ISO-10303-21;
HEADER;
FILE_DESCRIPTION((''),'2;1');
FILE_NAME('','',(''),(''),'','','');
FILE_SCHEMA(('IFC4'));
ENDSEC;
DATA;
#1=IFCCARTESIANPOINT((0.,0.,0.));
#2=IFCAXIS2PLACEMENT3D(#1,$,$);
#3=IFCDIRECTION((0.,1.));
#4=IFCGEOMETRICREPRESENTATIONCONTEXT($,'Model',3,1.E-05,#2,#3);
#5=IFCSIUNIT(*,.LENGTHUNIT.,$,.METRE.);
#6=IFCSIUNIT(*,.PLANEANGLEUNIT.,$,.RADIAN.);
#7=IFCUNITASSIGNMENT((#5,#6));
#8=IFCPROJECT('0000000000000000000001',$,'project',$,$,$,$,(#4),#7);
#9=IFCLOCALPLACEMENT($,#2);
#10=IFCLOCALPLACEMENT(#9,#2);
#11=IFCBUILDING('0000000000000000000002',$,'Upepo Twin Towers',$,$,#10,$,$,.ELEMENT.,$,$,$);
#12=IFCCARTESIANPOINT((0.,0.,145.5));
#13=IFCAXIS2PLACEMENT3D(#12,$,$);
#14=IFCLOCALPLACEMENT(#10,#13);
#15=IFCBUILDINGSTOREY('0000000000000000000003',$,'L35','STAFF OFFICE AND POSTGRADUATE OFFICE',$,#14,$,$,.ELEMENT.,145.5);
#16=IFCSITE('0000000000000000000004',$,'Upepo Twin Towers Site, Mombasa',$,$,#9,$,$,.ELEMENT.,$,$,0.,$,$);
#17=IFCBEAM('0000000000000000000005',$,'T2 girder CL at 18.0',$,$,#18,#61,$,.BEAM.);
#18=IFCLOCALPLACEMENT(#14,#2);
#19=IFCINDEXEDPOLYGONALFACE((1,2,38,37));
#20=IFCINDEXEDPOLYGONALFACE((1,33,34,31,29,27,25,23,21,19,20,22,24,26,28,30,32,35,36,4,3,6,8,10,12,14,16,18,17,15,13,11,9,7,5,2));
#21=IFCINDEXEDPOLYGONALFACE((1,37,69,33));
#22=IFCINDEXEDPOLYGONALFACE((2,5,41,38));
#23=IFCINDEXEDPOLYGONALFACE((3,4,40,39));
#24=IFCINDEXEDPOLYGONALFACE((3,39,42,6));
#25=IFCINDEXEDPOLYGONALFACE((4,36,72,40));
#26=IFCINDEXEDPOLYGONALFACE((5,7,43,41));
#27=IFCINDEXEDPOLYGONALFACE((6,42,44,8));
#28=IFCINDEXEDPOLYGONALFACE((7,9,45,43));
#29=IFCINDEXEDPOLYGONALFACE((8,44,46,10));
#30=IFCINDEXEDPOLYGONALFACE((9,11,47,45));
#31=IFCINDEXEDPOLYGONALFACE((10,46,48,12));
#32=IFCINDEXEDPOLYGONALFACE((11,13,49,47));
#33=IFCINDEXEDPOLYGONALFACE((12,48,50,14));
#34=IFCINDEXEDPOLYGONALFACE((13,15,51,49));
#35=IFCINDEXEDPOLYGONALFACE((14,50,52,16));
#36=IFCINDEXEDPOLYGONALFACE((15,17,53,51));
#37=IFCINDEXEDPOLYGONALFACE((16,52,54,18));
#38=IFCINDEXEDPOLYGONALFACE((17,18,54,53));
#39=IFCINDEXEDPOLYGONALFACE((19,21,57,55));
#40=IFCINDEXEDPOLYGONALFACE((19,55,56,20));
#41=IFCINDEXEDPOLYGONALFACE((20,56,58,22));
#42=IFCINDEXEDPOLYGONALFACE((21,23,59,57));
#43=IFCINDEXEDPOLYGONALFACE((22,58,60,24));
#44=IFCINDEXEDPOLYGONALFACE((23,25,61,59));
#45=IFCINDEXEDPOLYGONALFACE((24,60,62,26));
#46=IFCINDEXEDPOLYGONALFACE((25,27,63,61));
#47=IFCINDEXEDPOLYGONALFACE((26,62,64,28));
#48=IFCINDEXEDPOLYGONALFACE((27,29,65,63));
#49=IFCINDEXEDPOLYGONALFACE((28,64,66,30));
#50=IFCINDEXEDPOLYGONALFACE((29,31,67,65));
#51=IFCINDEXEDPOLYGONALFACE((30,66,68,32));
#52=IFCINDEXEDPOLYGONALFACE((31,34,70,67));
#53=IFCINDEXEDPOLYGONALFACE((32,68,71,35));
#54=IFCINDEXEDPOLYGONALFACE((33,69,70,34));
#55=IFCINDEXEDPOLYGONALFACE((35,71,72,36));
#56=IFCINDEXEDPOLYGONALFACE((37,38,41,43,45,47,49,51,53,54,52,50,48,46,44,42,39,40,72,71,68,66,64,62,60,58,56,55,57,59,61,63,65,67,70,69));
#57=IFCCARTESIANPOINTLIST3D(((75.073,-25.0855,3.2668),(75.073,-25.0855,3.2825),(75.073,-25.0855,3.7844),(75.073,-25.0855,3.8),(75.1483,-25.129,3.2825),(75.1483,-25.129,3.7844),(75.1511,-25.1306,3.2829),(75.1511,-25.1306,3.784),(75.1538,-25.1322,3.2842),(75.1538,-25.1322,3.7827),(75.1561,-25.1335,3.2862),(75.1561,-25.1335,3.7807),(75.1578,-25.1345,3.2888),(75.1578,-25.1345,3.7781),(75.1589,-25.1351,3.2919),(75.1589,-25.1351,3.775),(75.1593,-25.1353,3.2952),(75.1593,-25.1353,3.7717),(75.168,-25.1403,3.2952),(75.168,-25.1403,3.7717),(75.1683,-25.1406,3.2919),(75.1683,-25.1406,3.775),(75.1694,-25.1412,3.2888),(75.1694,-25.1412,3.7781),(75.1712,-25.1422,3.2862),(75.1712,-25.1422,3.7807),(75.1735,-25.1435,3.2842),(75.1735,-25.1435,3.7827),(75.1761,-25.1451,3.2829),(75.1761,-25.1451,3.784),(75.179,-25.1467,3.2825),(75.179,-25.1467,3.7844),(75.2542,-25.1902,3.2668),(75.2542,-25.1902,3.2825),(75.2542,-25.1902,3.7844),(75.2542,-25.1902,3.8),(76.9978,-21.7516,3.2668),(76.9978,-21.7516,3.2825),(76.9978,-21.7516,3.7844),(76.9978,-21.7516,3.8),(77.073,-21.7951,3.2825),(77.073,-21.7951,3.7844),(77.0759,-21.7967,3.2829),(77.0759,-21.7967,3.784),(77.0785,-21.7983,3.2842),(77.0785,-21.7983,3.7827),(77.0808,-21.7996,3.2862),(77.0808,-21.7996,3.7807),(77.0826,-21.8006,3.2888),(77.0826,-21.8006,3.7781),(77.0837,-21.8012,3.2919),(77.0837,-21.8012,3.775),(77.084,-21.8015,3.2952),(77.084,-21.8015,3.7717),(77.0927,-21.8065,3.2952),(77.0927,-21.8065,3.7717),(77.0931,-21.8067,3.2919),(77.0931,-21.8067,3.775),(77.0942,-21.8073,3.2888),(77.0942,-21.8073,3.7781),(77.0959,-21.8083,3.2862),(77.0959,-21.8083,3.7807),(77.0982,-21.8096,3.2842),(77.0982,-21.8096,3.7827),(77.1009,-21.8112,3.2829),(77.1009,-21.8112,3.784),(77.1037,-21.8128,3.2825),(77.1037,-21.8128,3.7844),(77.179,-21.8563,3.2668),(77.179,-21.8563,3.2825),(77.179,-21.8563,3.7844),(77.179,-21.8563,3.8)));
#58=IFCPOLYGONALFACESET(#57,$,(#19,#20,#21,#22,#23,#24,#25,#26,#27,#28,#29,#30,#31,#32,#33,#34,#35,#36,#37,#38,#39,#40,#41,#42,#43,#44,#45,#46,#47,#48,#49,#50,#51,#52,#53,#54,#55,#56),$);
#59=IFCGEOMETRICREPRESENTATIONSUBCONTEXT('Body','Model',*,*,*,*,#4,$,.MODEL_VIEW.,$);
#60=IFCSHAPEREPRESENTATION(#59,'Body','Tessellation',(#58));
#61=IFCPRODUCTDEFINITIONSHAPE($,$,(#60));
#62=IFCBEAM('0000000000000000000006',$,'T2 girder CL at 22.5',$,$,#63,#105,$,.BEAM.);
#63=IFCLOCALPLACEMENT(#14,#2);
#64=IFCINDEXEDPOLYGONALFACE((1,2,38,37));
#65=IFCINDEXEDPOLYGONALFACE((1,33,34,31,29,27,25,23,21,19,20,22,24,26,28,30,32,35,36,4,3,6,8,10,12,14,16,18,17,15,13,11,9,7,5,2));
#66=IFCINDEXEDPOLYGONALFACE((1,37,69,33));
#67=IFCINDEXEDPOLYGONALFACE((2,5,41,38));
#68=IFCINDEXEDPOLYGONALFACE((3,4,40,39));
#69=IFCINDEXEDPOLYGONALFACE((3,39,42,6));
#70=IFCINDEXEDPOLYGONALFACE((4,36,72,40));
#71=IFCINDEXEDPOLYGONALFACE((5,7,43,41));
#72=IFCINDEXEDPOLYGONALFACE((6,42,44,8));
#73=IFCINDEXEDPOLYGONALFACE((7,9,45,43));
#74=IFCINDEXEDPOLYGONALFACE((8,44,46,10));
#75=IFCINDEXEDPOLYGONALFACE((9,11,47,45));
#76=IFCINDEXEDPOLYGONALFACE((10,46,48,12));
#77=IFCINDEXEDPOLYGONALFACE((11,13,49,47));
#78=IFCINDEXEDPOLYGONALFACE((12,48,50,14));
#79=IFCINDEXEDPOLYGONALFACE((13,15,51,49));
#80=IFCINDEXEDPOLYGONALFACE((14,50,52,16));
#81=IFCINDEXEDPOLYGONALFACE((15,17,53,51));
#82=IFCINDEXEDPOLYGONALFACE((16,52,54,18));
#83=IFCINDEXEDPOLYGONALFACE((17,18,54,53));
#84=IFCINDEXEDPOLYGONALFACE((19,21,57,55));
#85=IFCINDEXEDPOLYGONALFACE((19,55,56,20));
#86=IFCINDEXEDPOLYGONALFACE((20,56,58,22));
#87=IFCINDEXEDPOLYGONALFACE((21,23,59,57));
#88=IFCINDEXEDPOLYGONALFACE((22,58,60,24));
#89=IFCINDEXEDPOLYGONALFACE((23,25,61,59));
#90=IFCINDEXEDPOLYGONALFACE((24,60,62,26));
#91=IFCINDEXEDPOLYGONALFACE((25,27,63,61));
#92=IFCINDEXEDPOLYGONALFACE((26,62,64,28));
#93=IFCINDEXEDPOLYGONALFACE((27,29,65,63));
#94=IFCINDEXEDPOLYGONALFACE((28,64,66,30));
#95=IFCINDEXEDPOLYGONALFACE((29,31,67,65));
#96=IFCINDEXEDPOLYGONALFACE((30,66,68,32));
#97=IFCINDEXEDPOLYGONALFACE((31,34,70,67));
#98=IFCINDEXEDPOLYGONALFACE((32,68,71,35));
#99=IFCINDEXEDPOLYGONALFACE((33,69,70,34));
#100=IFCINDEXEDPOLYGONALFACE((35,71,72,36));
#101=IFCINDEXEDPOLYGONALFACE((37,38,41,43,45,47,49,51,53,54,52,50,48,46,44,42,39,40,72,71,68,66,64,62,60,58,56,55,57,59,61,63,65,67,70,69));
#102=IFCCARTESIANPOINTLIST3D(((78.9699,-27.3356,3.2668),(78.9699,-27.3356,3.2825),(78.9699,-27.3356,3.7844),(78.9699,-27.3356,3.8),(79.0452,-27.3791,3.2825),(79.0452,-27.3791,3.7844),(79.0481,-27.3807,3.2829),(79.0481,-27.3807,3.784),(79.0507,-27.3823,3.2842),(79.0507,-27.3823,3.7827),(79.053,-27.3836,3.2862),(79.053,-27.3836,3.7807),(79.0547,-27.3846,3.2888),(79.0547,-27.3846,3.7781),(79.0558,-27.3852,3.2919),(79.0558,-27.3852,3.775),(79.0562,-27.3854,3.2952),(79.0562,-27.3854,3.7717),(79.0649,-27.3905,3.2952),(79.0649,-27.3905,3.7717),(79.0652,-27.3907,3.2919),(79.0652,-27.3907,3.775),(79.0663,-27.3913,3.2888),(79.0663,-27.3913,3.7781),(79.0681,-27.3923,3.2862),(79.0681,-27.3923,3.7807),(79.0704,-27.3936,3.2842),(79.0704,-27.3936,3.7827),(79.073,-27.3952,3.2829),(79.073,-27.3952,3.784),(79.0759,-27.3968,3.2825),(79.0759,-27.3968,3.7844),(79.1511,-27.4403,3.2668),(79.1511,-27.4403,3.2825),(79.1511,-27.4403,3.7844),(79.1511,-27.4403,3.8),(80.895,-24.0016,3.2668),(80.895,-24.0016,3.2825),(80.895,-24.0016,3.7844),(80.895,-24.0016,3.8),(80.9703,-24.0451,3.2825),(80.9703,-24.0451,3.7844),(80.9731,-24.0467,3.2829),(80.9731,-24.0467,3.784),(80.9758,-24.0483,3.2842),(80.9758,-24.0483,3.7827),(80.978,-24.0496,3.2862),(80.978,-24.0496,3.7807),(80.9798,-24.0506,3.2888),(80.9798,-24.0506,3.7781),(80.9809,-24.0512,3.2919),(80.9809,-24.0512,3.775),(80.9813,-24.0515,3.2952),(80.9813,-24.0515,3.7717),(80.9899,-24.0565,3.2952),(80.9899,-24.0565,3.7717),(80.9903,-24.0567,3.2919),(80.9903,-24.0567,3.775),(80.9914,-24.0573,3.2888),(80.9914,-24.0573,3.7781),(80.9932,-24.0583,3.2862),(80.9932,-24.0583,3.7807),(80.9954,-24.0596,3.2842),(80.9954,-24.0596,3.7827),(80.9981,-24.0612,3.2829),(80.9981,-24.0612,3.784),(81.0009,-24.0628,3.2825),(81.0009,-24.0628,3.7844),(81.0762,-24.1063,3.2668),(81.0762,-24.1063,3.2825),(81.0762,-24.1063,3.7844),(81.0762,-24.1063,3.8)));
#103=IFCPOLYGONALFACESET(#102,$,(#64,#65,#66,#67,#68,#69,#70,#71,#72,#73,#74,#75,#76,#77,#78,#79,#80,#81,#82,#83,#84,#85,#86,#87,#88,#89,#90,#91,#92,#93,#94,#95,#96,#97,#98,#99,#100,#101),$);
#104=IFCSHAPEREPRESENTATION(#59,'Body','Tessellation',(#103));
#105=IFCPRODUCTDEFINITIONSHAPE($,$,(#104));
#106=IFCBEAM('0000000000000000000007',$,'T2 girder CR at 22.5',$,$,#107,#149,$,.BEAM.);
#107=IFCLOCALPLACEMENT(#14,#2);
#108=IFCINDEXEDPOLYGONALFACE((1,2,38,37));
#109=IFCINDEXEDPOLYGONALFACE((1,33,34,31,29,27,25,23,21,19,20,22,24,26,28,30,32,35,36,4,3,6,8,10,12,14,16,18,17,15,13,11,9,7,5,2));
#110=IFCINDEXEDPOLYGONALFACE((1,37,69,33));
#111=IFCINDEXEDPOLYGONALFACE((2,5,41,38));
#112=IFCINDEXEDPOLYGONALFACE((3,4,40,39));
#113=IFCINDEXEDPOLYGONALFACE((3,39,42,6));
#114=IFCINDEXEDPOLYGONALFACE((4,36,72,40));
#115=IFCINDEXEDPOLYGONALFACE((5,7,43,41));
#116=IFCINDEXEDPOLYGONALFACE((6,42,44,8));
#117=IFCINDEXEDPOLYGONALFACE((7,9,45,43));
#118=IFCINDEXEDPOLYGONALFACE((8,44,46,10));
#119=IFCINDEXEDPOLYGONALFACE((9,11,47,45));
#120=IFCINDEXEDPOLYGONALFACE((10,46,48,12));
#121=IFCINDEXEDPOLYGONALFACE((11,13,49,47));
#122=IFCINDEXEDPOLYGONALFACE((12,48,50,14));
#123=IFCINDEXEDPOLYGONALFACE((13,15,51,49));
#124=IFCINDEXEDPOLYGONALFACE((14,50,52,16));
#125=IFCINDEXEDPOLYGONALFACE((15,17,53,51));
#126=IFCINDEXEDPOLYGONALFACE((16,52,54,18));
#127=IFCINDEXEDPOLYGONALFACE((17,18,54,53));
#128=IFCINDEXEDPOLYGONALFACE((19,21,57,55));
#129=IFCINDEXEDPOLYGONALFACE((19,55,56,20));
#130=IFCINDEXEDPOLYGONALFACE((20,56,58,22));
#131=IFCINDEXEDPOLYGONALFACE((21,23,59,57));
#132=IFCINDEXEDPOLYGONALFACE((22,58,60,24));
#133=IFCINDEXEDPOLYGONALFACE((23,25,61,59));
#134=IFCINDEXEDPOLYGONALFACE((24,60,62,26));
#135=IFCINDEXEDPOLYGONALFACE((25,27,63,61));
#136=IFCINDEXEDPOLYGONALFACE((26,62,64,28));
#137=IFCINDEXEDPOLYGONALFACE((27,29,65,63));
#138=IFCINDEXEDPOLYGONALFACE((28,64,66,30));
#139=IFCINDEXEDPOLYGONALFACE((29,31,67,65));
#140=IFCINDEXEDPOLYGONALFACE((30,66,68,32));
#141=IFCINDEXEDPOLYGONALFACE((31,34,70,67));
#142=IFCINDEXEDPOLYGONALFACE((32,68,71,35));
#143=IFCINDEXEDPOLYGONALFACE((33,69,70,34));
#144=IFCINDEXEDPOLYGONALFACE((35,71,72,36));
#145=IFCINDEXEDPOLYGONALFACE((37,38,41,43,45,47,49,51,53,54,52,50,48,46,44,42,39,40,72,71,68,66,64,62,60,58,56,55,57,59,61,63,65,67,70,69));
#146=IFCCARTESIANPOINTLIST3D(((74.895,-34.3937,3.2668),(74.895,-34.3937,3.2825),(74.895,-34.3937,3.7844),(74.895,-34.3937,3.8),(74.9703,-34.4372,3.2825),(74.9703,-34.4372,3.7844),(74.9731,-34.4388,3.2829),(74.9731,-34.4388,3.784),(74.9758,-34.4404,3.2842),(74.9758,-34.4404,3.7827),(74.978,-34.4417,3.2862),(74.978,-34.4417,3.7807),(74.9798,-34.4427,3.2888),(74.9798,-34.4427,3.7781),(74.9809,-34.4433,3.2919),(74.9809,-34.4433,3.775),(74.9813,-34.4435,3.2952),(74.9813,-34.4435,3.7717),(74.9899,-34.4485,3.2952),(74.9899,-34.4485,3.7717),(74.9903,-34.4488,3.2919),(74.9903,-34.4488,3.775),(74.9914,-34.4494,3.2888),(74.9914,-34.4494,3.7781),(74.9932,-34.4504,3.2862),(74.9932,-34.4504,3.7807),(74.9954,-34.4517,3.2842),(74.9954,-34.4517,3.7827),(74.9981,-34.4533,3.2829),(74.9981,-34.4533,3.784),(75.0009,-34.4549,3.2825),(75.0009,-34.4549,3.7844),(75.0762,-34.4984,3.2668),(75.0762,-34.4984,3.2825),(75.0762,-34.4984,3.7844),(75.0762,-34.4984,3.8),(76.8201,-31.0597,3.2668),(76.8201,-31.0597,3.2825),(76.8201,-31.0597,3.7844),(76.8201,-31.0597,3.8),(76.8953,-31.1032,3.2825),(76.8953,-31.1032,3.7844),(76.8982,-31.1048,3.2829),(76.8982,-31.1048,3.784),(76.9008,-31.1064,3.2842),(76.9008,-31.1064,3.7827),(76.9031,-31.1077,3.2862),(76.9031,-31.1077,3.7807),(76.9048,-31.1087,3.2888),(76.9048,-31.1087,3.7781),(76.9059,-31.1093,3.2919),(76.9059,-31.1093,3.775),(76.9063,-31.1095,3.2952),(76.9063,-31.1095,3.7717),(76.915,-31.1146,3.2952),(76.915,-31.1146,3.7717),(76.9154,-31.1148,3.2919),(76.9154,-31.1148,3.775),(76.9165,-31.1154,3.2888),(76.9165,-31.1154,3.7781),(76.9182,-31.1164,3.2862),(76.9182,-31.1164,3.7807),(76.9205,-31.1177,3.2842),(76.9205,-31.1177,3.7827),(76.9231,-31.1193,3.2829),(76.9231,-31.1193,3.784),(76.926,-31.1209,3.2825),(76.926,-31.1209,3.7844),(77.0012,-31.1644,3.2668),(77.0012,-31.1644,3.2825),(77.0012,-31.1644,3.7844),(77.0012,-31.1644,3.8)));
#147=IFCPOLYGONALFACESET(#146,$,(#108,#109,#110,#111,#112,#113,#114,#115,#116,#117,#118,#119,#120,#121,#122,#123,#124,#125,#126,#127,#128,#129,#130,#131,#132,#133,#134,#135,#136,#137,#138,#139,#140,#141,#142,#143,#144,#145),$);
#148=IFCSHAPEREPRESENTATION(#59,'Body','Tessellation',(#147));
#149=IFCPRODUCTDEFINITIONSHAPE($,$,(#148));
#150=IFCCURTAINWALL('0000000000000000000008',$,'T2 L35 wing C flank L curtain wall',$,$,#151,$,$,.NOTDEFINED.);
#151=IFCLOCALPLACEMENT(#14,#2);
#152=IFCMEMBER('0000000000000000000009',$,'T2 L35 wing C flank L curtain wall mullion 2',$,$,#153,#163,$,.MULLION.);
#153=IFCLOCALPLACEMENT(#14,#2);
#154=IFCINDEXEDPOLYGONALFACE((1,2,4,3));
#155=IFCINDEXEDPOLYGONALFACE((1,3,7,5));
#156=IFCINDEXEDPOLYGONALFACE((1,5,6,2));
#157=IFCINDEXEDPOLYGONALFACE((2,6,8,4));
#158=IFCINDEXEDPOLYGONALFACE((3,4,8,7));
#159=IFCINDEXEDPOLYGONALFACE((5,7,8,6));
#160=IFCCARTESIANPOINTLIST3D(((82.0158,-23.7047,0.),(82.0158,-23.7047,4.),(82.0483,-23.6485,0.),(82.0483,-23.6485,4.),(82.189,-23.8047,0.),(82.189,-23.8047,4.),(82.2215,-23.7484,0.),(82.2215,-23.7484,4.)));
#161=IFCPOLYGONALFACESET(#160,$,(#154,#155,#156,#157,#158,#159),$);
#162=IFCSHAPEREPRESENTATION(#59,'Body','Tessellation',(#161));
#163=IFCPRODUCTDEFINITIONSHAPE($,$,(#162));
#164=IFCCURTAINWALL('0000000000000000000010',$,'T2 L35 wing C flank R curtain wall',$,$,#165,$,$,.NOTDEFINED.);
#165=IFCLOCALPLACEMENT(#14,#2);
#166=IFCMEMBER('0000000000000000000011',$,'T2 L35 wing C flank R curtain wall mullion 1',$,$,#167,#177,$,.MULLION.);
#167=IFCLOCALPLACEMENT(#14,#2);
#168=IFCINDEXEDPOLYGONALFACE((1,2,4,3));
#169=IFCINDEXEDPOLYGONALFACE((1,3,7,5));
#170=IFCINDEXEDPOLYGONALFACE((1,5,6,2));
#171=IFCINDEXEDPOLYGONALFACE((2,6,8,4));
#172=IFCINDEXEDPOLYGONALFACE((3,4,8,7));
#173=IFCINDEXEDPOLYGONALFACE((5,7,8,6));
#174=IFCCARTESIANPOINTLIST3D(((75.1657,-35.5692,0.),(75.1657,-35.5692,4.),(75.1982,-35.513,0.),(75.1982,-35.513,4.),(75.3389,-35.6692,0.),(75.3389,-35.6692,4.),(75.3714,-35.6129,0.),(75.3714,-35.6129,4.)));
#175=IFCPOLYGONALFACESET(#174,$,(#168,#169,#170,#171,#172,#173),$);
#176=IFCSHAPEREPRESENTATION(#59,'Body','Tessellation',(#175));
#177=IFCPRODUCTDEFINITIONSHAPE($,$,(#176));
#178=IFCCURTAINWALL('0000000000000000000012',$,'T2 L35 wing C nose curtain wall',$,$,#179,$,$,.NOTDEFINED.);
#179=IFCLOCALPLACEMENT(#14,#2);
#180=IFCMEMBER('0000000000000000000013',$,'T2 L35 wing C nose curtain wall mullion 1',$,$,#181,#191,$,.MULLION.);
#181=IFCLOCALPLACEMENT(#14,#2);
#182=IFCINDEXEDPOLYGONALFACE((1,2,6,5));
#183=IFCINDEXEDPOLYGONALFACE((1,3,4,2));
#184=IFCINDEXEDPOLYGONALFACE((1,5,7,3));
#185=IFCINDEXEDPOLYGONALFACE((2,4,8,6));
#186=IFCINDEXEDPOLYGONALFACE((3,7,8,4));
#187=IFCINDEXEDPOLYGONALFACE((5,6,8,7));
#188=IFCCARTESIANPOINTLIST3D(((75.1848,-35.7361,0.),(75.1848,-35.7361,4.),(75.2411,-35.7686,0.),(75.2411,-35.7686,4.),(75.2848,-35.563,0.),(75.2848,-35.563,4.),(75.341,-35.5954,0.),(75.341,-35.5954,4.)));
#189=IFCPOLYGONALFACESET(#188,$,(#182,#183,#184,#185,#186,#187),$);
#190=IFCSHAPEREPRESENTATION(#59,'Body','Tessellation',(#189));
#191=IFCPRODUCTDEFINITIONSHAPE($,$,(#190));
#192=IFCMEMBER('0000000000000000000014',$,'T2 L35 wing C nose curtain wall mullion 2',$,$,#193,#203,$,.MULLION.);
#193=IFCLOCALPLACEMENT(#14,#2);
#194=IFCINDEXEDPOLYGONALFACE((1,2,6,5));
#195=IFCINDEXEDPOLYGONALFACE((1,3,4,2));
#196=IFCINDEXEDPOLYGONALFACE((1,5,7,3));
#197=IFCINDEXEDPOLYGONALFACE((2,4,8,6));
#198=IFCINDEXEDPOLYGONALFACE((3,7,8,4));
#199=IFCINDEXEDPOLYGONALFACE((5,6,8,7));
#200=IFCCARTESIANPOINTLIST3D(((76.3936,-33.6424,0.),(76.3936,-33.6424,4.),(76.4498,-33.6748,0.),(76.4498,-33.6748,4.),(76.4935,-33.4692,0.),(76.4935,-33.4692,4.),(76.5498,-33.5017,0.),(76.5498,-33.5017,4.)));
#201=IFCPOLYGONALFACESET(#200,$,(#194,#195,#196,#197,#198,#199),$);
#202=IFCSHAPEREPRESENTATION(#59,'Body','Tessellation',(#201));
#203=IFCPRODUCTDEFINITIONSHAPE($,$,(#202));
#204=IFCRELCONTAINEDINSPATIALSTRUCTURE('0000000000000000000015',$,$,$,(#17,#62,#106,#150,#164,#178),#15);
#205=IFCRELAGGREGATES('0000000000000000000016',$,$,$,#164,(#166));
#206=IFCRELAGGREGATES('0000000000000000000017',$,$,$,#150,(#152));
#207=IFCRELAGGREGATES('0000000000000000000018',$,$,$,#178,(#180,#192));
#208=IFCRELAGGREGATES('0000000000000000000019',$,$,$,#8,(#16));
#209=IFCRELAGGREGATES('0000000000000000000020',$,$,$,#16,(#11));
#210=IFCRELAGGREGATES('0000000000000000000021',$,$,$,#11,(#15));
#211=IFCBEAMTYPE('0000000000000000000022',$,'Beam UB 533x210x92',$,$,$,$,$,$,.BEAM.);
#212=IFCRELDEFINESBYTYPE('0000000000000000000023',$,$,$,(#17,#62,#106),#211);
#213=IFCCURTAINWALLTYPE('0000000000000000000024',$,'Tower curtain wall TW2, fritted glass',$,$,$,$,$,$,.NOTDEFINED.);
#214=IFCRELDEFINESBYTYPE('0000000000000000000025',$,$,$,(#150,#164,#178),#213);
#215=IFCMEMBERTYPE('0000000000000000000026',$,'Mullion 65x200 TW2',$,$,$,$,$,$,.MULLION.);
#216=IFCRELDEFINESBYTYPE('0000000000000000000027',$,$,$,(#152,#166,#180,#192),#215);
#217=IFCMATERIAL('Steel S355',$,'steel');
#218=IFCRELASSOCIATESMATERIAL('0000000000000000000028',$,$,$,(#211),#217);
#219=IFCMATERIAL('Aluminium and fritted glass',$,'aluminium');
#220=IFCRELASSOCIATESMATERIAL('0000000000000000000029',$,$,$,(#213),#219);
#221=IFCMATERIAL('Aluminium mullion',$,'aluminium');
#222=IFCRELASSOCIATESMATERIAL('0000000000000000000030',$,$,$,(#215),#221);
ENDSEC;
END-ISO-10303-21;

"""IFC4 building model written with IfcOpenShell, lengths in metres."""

from ifc_helpers import new_model, si_unit, direction, frame, origin, origin_2d, place, context, subcontext, project, spatial, rectangle, i_section, extrude, material, material_profile, profile_set, type_object, element, aggregate, save


model = new_model("IFC4")

# Units and contexts
model_context = context("Model", 3, precision=1e-05, world=origin(), true_north=direction((0.0, 1.0)))
body_context = subcontext(model_context, "Body", "Model", "MODEL_VIEW")
ifc_project = project(units=[si_unit("LENGTHUNIT", "METRE"), si_unit("PLANEANGLEUNIT", "RADIAN")], contexts=[model_context])

# Site, building, storey
site_placement = place(None, origin())
site = spatial("IfcSite", under=ifc_project, at=site_placement, Name="Upepo Twin Towers Site, Mombasa", CompositionType="ELEMENT", RefElevation=0.0)
building_placement = place(site_placement, origin())
building = spatial("IfcBuilding", under=site, at=building_placement, Name="Upepo Twin Towers", CompositionType="ELEMENT")
storey_placement = place(building_placement, frame((0.0, 0.0, 145.5)))
storey = spatial("IfcBuildingStorey", under=building, at=storey_placement, Name="L35", Description="STAFF OFFICE AND POSTGRADUATE OFFICE", CompositionType="ELEMENT", Elevation=145.5)

# Beams
ifc_material_1 = material(Name="Steel S355", Category="steel")
ifc_material_profile_1 = material_profile(ifc_material_1, i_section(OverallWidth=0.2092, OverallDepth=0.5332, WebThickness=0.01, FlangeThickness=0.0156, FilletRadius=0.0127, at=origin_2d()), Name="UB 533x210x92")
ifc_profile_set_1 = profile_set([ifc_material_profile_1], Name="Steel S355")
beam_type_1 = type_object("IfcBeamType", Name="Beam UB 533x210x92", PredefinedType="BEAM", material=ifc_profile_set_1)
beam_1_placement = place(storey_placement, frame((77.0884, -21.804, 3.5334), z_axis=(-0.499986, -0.866034, 0.0), x_axis=(0.866034, -0.499986, 0.0)))
element("IfcBeam", 1, at=beam_1_placement, inside=storey, type_object=beam_type_1, Name="T2 girder CL at 18.0", PredefinedType="BEAM", context=body_context, shape_type="SweptSolid", body=[
    extrude(i_section(OverallWidth=0.2092, OverallDepth=0.5332, WebThickness=0.01, FlangeThickness=0.0156, FilletRadius=0.0127, at=origin_2d()), origin(), (0.0, 0.0, 1.0), 3.8496),
])
for number, where, z_axis, x_axis, name in (
    (2, (80.9856, -24.054, 3.5334), (-0.500034, -0.866006, 0.0), (0.866006, -0.500034, 0.0), "T2 girder CL at 22.5"),
    (3, (74.9856, -34.446, 3.5334), (0.500034, 0.866006, 0.0), (-0.866006, 0.500034, 0.0), "T2 girder CR at 22.5"),
):
    element("IfcBeam", number, at=place(storey_placement, frame(where, z_axis=z_axis, x_axis=x_axis)), inside=storey, type_object=beam_type_1, Name=name, PredefinedType="BEAM", context=body_context, shape_type="SweptSolid", body=[
        extrude(i_section(OverallWidth=0.2092, OverallDepth=0.5332, WebThickness=0.01, FlangeThickness=0.0156, FilletRadius=0.0127, at=origin_2d()), origin(), (0.0, 0.0, 1.0), 3.8499),
    ])

# Curtain walls, members
ifc_material_2 = material(Name="Aluminium and fritted glass", Category="aluminium")
curtain_wall_type = type_object("IfcCurtainWallType", Name="Tower curtain wall TW2, fritted glass", PredefinedType="NOTDEFINED", material=ifc_material_2)
curtain_wall_1_placement = place(storey_placement, origin())
curtain_wall_1 = element("IfcCurtainWall", 4, at=curtain_wall_1_placement, inside=storey, type_object=curtain_wall_type, Name="T2 L35 wing C flank L curtain wall", PredefinedType="NOTDEFINED")
ifc_material_3 = material(Name="Aluminium mullion", Category="aluminium")
ifc_material_profile_2 = material_profile(ifc_material_3, rectangle(XDim=0.0649, YDim=0.2, at=origin_2d()), Name="MULLION 65x200")
ifc_profile_set_2 = profile_set([ifc_material_profile_2], Name="Aluminium mullion")
member_type_1 = type_object("IfcMemberType", Name="Mullion 65x200 TW2", PredefinedType="MULLION", material=ifc_profile_set_2)
member_1_placement = place(storey_placement, frame((82.1187, -23.7266, 0.0), z_axis=(0.0, 0.0, 1.0), x_axis=(0.5, 0.866025, 0.0)))
member_1 = element("IfcMember", 5, at=member_1_placement, type_object=member_type_1, Name="T2 L35 wing C flank L curtain wall mullion 2", PredefinedType="MULLION", context=body_context, shape_type="SweptSolid", body=[
    extrude(rectangle(XDim=0.0649, YDim=0.2, at=origin_2d()), origin(), (0.0, 0.0, 1.0), 4.0),
])
curtain_wall_2_placement = place(storey_placement, origin())
curtain_wall_2 = element("IfcCurtainWall", 6, at=curtain_wall_2_placement, inside=storey, type_object=curtain_wall_type, Name="T2 L35 wing C flank R curtain wall", PredefinedType="NOTDEFINED")
member_2_placement = place(storey_placement, frame((75.2686, -35.5911, 0.0), z_axis=(0.0, 0.0, 1.0), x_axis=(-0.5, -0.866025, 0.0)))
member_2 = element("IfcMember", 7, at=member_2_placement, type_object=member_type_1, Name="T2 L35 wing C flank R curtain wall mullion 1", PredefinedType="MULLION", context=body_context, shape_type="SweptSolid", body=[
    extrude(rectangle(XDim=0.0649, YDim=0.2, at=origin_2d()), origin(), (0.0, 0.0, 1.0), 4.0),
])

# Curtain wall, members
curtain_wall_3_placement = place(storey_placement, origin())
curtain_wall_3 = element("IfcCurtainWall", 8, at=curtain_wall_3_placement, inside=storey, type_object=curtain_wall_type, Name="T2 L35 wing C nose curtain wall", PredefinedType="NOTDEFINED")
member_3_placement = place(storey_placement, frame((75.2629, -35.6658, 0.0), z_axis=(0.0, 0.0, 1.0), x_axis=(-0.866025, 0.5, 0.0)))
member_3 = element("IfcMember", 9, at=member_3_placement, type_object=member_type_1, Name="T2 L35 wing C nose curtain wall mullion 1", PredefinedType="MULLION", context=body_context, shape_type="SweptSolid", body=[
    extrude(rectangle(XDim=0.0649, YDim=0.2, at=origin_2d()), origin(), (0.0, 0.0, 1.0), 4.0),
])
member_4_placement = place(storey_placement, frame((76.4717, -33.572, 0.0), z_axis=(0.0, 0.0, 1.0), x_axis=(-0.866025, 0.5, 0.0)))
member_4 = element("IfcMember", 10, at=member_4_placement, type_object=member_type_1, Name="T2 L35 wing C nose curtain wall mullion 2", PredefinedType="MULLION", context=body_context, shape_type="SweptSolid", body=[
    extrude(rectangle(XDim=0.0649, YDim=0.2, at=origin_2d()), origin(), (0.0, 0.0, 1.0), 4.0),
])

aggregate(curtain_wall_2, [member_2])

aggregate(curtain_wall_1, [member_1])
aggregate(curtain_wall_3, [member_3, member_4])

save(model, "model.ifc")
